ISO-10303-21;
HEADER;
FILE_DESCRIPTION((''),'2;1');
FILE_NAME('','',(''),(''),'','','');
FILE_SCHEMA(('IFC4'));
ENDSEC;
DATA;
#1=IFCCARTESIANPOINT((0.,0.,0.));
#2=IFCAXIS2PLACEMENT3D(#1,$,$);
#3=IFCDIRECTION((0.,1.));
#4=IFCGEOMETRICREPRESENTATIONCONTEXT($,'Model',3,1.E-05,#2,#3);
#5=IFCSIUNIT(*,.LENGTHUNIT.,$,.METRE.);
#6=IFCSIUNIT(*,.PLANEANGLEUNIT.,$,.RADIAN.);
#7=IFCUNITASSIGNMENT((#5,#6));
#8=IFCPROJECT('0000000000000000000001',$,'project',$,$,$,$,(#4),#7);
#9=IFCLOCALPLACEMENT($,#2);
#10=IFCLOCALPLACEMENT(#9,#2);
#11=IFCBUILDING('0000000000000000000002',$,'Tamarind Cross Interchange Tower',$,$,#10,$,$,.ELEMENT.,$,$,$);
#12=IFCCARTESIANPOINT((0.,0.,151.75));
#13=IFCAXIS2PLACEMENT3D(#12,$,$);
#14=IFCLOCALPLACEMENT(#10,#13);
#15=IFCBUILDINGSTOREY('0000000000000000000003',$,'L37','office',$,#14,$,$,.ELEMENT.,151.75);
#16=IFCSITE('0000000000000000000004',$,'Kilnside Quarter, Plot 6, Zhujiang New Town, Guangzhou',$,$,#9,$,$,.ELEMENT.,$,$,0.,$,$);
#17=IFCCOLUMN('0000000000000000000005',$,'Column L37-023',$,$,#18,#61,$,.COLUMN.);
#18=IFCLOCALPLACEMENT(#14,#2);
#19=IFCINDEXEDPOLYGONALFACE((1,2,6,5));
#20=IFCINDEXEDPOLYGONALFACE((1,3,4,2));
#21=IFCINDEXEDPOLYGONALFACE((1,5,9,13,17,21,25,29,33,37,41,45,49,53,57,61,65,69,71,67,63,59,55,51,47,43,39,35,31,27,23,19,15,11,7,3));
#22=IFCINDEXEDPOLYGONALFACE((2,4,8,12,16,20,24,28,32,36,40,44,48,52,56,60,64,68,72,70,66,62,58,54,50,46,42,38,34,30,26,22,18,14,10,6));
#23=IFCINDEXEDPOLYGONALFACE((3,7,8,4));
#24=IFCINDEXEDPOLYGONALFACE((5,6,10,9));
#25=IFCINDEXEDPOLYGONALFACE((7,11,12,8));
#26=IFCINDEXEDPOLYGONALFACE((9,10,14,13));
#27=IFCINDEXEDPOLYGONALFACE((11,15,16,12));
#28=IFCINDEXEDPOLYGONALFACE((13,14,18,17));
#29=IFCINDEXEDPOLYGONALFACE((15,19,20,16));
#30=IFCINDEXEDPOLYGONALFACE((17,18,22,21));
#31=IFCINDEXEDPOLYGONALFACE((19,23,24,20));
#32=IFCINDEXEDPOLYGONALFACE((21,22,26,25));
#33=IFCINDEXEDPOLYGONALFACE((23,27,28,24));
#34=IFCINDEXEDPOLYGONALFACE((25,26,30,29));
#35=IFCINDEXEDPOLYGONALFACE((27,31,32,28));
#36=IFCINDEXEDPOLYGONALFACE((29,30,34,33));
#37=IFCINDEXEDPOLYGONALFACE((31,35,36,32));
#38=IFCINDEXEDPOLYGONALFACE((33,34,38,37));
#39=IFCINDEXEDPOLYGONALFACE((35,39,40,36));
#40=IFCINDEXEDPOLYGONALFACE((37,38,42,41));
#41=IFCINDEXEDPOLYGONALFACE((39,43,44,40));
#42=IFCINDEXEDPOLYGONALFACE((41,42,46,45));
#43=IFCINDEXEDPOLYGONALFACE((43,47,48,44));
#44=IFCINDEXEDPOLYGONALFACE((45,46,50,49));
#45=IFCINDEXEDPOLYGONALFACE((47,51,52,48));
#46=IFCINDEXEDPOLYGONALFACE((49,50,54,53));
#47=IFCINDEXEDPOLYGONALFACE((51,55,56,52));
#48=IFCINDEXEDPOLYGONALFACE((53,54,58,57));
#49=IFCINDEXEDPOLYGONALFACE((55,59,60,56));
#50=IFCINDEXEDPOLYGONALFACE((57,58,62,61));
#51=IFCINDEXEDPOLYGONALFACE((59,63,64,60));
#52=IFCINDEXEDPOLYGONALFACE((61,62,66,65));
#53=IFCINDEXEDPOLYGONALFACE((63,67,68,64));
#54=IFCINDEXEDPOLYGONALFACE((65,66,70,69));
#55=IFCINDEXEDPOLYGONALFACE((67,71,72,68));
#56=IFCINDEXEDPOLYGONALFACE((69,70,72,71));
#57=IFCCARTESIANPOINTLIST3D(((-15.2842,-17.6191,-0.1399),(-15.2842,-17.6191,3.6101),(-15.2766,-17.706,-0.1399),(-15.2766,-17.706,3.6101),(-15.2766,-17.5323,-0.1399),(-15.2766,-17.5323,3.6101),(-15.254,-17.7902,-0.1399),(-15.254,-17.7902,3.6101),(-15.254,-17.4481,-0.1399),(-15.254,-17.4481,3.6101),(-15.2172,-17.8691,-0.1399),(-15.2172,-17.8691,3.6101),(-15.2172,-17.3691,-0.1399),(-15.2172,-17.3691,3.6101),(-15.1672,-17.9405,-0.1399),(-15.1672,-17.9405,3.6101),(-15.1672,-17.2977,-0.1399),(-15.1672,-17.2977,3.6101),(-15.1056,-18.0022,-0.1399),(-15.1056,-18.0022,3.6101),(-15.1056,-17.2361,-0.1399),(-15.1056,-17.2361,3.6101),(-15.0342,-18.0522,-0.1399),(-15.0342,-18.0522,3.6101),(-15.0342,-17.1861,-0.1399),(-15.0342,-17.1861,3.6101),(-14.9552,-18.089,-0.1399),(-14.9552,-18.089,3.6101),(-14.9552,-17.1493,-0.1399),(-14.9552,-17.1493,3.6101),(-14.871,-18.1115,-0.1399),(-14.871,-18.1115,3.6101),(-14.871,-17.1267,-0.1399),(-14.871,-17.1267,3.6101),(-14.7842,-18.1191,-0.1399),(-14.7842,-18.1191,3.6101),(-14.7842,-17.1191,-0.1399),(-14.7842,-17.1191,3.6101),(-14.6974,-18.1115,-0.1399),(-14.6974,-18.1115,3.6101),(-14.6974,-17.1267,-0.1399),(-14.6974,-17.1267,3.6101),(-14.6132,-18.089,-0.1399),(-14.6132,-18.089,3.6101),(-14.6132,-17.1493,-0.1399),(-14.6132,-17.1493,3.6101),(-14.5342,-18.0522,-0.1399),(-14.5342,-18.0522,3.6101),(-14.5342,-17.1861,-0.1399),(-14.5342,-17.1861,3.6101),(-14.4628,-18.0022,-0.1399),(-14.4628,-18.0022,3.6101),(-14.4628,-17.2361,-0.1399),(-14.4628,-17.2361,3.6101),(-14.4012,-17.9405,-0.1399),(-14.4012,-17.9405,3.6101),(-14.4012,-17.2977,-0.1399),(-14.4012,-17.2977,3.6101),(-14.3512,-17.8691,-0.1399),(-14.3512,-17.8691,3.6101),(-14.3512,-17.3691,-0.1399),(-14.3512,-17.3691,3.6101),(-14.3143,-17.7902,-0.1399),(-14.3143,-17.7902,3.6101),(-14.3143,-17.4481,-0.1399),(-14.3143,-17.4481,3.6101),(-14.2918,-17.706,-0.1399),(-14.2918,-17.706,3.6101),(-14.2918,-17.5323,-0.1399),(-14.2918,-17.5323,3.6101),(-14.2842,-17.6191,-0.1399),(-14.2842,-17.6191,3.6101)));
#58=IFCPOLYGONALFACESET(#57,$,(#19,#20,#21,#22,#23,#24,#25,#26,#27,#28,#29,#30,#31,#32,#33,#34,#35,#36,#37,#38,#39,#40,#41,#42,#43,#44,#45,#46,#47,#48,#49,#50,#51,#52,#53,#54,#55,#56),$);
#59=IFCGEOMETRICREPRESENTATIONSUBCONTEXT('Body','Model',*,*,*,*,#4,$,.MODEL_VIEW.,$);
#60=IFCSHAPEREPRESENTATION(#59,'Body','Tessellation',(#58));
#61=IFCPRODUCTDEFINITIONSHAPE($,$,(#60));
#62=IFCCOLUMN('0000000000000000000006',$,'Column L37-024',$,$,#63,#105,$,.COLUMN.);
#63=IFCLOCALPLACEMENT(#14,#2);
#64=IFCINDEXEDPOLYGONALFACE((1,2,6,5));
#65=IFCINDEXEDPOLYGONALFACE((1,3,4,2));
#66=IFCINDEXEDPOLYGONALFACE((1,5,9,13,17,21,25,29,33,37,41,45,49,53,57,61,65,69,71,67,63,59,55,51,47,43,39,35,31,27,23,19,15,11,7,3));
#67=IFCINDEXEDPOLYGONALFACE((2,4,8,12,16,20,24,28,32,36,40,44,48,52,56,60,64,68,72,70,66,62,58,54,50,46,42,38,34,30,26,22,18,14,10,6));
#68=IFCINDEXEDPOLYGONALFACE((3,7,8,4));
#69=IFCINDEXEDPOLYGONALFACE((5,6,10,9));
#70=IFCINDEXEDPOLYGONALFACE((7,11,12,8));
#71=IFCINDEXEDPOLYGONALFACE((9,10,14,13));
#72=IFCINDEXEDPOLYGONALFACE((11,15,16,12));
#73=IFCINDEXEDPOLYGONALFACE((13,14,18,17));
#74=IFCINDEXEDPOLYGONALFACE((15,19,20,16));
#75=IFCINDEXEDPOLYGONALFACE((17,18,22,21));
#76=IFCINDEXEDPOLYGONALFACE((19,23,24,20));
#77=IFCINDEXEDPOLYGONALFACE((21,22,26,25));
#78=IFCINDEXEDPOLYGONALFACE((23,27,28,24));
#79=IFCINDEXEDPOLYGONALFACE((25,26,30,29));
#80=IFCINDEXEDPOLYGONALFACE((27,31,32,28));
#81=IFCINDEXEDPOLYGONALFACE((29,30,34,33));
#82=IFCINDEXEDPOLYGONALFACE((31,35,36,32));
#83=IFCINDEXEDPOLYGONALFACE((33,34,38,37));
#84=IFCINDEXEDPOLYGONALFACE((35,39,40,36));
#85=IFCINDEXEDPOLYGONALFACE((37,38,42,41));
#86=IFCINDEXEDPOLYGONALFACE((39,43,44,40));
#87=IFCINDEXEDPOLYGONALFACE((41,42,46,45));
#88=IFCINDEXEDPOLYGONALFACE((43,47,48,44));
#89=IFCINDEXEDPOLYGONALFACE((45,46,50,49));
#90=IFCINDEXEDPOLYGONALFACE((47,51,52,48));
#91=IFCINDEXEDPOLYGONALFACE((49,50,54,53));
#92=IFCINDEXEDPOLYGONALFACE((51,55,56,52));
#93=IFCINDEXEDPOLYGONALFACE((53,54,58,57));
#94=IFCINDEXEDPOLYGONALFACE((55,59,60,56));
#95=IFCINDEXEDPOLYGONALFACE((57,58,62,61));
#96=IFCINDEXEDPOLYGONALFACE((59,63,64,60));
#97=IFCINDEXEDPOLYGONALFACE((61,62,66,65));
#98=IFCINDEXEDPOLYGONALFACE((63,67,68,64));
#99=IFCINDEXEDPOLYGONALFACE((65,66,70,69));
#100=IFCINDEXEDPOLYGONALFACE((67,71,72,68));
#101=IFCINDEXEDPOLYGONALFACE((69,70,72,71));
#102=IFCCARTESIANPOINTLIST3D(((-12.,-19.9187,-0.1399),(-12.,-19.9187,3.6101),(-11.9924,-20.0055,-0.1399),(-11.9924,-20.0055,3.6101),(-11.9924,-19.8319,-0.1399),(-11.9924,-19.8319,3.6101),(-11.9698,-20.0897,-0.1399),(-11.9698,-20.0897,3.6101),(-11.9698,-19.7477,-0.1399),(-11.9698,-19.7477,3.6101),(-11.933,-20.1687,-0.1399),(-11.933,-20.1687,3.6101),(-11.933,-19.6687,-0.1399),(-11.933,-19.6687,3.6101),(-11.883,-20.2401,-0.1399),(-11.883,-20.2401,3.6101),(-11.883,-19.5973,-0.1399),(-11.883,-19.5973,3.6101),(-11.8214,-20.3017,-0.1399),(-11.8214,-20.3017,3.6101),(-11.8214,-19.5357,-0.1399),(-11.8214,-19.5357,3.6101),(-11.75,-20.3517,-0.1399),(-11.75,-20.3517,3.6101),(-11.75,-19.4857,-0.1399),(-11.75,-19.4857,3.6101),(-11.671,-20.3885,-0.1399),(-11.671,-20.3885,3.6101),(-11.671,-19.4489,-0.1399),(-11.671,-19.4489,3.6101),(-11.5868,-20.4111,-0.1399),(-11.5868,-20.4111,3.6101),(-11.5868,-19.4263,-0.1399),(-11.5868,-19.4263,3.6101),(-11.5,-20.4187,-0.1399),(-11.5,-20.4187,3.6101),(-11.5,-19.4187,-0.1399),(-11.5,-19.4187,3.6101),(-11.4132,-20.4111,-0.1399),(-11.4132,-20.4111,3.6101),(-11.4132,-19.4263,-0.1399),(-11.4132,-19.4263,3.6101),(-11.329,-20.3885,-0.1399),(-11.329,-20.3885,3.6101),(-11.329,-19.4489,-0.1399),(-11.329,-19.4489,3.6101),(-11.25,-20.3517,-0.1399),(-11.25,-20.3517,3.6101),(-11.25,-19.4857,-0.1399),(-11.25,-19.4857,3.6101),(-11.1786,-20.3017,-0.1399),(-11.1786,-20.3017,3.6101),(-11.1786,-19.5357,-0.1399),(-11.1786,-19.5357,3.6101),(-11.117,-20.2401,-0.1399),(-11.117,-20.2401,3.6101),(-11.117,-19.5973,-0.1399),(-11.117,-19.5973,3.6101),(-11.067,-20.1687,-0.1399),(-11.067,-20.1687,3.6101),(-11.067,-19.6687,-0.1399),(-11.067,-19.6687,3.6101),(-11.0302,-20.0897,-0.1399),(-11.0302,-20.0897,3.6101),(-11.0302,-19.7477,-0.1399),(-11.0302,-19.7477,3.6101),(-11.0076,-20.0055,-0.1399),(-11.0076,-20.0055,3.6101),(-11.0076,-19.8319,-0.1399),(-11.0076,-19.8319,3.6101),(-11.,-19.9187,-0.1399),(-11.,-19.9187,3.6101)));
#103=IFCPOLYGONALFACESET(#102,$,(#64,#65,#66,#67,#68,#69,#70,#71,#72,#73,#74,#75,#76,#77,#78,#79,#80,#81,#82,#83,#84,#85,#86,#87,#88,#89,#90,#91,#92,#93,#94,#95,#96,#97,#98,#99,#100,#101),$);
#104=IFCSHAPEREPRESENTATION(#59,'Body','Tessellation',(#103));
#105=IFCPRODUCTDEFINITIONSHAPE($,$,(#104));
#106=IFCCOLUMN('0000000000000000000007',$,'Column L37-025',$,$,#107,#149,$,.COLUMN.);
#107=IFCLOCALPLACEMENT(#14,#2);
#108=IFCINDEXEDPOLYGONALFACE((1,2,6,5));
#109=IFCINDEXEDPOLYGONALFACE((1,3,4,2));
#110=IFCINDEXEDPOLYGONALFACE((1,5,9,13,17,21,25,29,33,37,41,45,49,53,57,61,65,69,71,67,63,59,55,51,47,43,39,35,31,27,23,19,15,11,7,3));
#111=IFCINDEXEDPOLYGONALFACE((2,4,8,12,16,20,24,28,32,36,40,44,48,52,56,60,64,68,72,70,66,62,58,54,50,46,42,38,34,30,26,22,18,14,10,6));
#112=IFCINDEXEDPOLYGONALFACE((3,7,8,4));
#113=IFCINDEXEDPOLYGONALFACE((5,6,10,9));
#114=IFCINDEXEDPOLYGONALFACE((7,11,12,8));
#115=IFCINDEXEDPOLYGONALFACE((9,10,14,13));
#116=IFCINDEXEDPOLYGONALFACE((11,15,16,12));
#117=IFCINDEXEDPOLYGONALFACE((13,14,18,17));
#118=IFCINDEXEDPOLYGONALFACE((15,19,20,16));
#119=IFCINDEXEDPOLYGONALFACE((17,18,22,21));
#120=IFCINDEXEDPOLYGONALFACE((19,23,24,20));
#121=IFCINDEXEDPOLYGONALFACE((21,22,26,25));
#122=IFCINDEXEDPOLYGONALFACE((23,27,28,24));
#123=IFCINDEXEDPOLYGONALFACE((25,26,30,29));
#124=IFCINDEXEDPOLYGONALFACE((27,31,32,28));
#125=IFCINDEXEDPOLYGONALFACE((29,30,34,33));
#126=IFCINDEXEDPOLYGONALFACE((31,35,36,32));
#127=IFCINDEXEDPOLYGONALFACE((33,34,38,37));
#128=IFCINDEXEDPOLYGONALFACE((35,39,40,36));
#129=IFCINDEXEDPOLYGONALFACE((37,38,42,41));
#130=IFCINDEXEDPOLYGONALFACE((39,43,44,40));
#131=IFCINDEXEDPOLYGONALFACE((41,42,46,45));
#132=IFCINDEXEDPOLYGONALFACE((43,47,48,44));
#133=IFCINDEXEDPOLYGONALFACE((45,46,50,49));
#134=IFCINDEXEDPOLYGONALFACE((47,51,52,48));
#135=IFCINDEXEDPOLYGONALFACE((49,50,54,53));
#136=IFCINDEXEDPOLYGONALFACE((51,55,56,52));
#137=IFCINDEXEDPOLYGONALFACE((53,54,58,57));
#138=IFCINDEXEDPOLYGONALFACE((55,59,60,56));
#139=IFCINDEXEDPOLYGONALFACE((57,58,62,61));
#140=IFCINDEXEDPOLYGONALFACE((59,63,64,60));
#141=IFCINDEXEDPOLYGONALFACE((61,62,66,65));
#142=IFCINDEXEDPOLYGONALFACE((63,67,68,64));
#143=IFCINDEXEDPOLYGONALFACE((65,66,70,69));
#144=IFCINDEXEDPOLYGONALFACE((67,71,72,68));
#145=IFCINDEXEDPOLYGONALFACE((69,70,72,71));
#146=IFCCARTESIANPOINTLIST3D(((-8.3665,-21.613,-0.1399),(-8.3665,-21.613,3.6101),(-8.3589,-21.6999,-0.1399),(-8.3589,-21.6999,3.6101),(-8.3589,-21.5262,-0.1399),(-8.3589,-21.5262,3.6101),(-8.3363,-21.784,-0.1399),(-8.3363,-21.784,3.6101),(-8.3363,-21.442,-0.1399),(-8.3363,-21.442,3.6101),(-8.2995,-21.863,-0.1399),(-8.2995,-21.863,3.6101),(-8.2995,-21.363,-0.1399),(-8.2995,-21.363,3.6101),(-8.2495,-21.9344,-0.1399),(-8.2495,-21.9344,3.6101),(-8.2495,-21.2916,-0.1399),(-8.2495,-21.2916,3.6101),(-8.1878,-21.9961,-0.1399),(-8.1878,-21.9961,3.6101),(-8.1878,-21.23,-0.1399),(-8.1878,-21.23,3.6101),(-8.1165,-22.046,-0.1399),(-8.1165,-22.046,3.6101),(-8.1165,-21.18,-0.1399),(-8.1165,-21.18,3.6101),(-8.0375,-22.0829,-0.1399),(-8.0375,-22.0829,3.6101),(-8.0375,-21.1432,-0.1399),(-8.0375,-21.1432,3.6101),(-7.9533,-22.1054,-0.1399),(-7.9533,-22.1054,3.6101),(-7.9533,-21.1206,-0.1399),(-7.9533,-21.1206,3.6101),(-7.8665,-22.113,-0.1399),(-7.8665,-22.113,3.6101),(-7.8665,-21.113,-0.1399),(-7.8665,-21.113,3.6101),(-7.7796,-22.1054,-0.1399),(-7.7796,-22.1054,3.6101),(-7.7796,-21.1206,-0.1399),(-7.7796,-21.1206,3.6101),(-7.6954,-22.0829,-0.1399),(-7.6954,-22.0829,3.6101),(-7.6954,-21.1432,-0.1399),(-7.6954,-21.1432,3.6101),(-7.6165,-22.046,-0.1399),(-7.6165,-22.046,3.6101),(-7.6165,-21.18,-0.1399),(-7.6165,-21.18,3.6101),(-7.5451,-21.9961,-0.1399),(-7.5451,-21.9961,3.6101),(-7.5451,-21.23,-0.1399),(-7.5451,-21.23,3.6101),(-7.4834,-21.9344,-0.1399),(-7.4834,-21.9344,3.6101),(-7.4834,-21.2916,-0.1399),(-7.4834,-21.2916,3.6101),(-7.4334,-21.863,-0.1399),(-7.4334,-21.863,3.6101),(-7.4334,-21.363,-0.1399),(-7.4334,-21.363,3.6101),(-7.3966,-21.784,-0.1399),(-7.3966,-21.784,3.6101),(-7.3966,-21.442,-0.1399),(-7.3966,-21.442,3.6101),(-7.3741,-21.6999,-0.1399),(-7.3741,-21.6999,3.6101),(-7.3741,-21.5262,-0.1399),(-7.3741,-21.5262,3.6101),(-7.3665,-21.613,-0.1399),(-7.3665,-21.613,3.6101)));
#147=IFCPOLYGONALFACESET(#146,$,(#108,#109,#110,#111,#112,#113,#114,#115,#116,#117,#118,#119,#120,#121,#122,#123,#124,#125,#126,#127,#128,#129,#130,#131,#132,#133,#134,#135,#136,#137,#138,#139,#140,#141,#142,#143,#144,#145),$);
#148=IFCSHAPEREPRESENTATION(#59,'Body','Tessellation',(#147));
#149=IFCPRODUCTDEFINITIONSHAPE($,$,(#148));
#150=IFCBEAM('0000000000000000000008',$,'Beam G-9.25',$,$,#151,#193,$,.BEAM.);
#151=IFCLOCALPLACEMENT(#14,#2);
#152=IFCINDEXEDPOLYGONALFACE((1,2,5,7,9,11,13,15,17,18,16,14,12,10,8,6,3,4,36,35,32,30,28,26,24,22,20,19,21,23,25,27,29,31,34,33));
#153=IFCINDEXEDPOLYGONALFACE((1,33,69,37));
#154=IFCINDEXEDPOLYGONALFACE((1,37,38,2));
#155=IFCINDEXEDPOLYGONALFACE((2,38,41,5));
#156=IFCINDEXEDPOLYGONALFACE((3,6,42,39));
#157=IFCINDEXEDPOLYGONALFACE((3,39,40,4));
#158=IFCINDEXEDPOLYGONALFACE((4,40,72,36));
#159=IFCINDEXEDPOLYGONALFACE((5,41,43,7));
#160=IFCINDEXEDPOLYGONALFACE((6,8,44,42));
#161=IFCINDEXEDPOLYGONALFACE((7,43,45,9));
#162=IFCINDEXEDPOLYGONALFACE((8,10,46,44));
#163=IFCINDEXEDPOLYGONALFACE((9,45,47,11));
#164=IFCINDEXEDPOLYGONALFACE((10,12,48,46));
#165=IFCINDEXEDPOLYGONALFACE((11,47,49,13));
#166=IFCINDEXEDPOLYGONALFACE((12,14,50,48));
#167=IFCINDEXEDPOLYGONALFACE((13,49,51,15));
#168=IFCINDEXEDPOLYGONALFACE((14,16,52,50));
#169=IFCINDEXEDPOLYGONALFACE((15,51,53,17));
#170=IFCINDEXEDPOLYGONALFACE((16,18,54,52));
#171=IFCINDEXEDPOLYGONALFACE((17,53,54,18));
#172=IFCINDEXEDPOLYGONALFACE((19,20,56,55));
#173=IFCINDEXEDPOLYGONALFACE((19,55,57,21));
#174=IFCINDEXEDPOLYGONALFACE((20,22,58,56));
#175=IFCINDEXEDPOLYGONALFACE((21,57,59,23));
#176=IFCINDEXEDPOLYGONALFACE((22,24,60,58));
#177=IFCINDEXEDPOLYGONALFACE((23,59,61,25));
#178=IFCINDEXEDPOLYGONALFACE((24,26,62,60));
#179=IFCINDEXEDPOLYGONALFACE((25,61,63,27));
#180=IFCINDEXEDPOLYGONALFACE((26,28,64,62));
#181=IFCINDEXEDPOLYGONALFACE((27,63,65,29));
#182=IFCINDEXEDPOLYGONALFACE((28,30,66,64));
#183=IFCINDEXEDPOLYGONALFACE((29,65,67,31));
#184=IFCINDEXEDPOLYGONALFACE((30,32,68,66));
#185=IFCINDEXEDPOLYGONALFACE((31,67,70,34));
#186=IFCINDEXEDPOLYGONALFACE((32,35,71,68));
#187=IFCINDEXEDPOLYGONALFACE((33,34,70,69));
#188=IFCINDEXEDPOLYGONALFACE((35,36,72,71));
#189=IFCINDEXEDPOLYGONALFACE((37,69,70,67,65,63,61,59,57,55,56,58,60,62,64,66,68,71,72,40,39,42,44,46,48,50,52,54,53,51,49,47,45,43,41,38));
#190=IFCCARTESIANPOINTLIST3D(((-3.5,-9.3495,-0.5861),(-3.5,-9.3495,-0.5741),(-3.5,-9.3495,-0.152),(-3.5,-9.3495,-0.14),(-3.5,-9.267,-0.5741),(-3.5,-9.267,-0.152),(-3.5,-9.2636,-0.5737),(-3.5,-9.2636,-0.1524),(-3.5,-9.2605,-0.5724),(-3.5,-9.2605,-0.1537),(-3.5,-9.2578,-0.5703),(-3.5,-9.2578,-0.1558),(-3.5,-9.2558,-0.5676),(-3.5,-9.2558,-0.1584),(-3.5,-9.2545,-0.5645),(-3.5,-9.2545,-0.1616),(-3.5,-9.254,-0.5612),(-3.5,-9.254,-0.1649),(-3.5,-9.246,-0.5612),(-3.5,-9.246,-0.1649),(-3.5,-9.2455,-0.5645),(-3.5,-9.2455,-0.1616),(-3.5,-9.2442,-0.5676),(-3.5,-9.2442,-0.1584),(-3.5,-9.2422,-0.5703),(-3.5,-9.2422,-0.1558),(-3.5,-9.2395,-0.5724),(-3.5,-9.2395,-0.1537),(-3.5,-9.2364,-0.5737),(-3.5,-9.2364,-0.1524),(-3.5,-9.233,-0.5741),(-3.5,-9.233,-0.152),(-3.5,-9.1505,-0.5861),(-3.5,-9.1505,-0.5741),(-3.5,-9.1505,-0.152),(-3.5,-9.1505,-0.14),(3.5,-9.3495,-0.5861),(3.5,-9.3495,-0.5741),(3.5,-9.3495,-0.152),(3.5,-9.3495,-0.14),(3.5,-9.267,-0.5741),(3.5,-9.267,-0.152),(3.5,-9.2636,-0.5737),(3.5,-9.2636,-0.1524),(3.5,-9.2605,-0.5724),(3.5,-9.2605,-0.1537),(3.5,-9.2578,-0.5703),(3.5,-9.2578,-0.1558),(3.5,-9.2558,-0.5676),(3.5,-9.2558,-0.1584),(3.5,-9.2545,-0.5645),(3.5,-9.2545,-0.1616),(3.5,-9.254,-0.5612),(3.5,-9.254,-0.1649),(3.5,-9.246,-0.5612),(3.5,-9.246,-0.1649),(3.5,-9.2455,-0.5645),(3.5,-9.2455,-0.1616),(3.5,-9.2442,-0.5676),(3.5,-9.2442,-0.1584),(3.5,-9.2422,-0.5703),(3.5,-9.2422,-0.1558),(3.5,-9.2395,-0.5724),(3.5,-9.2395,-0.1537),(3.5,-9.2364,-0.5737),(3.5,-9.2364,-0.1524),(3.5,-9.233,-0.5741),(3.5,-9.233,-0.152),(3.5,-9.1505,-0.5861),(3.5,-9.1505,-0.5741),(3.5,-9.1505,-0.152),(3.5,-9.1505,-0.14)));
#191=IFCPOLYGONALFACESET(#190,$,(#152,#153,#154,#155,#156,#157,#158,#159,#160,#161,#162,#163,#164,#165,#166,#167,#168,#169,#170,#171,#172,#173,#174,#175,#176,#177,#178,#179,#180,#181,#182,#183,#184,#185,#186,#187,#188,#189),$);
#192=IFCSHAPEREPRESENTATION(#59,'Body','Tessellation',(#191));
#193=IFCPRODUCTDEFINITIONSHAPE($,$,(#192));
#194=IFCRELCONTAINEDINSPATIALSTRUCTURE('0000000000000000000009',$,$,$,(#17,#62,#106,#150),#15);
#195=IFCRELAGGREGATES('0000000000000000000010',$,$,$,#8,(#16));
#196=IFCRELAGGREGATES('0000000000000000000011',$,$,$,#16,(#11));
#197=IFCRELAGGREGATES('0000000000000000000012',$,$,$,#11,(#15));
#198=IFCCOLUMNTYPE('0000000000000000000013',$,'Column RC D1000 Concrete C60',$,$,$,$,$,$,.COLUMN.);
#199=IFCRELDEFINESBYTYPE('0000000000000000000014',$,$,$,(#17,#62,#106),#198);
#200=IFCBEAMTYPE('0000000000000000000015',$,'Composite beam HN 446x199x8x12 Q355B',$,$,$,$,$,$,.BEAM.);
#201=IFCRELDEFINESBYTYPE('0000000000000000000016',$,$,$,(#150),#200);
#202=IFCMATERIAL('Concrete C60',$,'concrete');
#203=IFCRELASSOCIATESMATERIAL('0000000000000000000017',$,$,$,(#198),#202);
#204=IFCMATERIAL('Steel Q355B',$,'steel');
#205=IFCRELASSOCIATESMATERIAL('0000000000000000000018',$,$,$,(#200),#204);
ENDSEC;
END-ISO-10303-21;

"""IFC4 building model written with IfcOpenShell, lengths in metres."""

from ifc_helpers import new_model, si_unit, direction, frame, origin, origin_2d, place, context, subcontext, project, spatial, circle, i_section, extrude, material, material_profile, profile_set, type_object, element, save


model = new_model("IFC4")

# Units and contexts
model_context = context("Model", 3, precision=1e-05, world=origin(), true_north=direction((0.0, 1.0)))
body_context = subcontext(model_context, "Body", "Model", "MODEL_VIEW")
ifc_project = project(units=[si_unit("LENGTHUNIT", "METRE"), si_unit("PLANEANGLEUNIT", "RADIAN")], contexts=[model_context])

# Site, building, storey
site_placement = place(None, origin())
site = spatial("IfcSite", under=ifc_project, at=site_placement, Name="Kilnside Quarter, Plot 6, Zhujiang New Town, Guangzhou", CompositionType="ELEMENT", RefElevation=0.0)
building_placement = place(site_placement, origin())
building = spatial("IfcBuilding", under=site, at=building_placement, Name="Tamarind Cross Interchange Tower", CompositionType="ELEMENT")
storey_placement = place(building_placement, frame((0.0, 0.0, 151.75)))
storey = spatial("IfcBuildingStorey", under=building, at=storey_placement, Name="L37", Description="office", CompositionType="ELEMENT", Elevation=151.75)

# Columns
ifc_material_1 = material(Name="Concrete C60", Category="concrete")
ifc_material_profile_1 = material_profile(ifc_material_1, circle(Radius=0.5, at=origin_2d()), Name="RC D1000")
ifc_profile_set_1 = profile_set([ifc_material_profile_1], Name="Concrete C60")
column_type = type_object("IfcColumnType", Name="Column RC D1000 Concrete C60", PredefinedType="COLUMN", material=ifc_profile_set_1)
for number, where, z_axis, x_axis, name in (
    (1, (-14.7842, -17.6191, -0.1399), (0.0, 0.0, 1.0), (1.0, 0.0, 0.0), "Column L37-023"),
    (2, (-11.5, -19.9187, -0.1399), (0.0, 0.0, 1.0), (1.0, 0.0, 0.0), "Column L37-024"),
    (3, (-7.8665, -21.613, -0.1399), (0.0, 0.0, 1.0), (1.0, 0.0, 0.0), "Column L37-025"),
):
    element("IfcColumn", number, at=place(storey_placement, frame(where, z_axis=z_axis, x_axis=x_axis)), inside=storey, type_object=column_type, Name=name, PredefinedType="COLUMN", context=body_context, shape_type="SweptSolid", body=[
        extrude(circle(Radius=0.5, at=origin_2d()), origin(), (0.0, 0.0, 1.0), 3.75),
    ])

# Beam
ifc_material_2 = material(Name="Steel Q355B", Category="steel")
ifc_material_profile_2 = material_profile(ifc_material_2, i_section(OverallWidth=0.199, OverallDepth=0.446, WebThickness=0.0081, FlangeThickness=0.012, FilletRadius=0.0129, at=origin_2d()), Name="HN 446x199x8x12")
ifc_profile_set_2 = profile_set([ifc_material_profile_2], Name="Steel Q355B")
beam_type_1 = type_object("IfcBeamType", Name="Composite beam HN 446x199x8x12 Q355B", PredefinedType="BEAM", material=ifc_profile_set_2)
beam_1_placement = place(storey_placement, frame((-3.5, -9.25, -0.363), z_axis=(1.0, 0.0, 0.0), x_axis=(0.0, 1.0, 0.0)))
element("IfcBeam", 4, at=beam_1_placement, inside=storey, type_object=beam_type_1, Name="Beam G-9.25", PredefinedType="BEAM", context=body_context, shape_type="SweptSolid", body=[
    extrude(i_section(OverallWidth=0.199, OverallDepth=0.446, WebThickness=0.0081, FlangeThickness=0.012, FilletRadius=0.0129, at=origin_2d()), origin(), (0.0, 0.0, 1.0), 7.0),
])

save(model, "model.ifc")
